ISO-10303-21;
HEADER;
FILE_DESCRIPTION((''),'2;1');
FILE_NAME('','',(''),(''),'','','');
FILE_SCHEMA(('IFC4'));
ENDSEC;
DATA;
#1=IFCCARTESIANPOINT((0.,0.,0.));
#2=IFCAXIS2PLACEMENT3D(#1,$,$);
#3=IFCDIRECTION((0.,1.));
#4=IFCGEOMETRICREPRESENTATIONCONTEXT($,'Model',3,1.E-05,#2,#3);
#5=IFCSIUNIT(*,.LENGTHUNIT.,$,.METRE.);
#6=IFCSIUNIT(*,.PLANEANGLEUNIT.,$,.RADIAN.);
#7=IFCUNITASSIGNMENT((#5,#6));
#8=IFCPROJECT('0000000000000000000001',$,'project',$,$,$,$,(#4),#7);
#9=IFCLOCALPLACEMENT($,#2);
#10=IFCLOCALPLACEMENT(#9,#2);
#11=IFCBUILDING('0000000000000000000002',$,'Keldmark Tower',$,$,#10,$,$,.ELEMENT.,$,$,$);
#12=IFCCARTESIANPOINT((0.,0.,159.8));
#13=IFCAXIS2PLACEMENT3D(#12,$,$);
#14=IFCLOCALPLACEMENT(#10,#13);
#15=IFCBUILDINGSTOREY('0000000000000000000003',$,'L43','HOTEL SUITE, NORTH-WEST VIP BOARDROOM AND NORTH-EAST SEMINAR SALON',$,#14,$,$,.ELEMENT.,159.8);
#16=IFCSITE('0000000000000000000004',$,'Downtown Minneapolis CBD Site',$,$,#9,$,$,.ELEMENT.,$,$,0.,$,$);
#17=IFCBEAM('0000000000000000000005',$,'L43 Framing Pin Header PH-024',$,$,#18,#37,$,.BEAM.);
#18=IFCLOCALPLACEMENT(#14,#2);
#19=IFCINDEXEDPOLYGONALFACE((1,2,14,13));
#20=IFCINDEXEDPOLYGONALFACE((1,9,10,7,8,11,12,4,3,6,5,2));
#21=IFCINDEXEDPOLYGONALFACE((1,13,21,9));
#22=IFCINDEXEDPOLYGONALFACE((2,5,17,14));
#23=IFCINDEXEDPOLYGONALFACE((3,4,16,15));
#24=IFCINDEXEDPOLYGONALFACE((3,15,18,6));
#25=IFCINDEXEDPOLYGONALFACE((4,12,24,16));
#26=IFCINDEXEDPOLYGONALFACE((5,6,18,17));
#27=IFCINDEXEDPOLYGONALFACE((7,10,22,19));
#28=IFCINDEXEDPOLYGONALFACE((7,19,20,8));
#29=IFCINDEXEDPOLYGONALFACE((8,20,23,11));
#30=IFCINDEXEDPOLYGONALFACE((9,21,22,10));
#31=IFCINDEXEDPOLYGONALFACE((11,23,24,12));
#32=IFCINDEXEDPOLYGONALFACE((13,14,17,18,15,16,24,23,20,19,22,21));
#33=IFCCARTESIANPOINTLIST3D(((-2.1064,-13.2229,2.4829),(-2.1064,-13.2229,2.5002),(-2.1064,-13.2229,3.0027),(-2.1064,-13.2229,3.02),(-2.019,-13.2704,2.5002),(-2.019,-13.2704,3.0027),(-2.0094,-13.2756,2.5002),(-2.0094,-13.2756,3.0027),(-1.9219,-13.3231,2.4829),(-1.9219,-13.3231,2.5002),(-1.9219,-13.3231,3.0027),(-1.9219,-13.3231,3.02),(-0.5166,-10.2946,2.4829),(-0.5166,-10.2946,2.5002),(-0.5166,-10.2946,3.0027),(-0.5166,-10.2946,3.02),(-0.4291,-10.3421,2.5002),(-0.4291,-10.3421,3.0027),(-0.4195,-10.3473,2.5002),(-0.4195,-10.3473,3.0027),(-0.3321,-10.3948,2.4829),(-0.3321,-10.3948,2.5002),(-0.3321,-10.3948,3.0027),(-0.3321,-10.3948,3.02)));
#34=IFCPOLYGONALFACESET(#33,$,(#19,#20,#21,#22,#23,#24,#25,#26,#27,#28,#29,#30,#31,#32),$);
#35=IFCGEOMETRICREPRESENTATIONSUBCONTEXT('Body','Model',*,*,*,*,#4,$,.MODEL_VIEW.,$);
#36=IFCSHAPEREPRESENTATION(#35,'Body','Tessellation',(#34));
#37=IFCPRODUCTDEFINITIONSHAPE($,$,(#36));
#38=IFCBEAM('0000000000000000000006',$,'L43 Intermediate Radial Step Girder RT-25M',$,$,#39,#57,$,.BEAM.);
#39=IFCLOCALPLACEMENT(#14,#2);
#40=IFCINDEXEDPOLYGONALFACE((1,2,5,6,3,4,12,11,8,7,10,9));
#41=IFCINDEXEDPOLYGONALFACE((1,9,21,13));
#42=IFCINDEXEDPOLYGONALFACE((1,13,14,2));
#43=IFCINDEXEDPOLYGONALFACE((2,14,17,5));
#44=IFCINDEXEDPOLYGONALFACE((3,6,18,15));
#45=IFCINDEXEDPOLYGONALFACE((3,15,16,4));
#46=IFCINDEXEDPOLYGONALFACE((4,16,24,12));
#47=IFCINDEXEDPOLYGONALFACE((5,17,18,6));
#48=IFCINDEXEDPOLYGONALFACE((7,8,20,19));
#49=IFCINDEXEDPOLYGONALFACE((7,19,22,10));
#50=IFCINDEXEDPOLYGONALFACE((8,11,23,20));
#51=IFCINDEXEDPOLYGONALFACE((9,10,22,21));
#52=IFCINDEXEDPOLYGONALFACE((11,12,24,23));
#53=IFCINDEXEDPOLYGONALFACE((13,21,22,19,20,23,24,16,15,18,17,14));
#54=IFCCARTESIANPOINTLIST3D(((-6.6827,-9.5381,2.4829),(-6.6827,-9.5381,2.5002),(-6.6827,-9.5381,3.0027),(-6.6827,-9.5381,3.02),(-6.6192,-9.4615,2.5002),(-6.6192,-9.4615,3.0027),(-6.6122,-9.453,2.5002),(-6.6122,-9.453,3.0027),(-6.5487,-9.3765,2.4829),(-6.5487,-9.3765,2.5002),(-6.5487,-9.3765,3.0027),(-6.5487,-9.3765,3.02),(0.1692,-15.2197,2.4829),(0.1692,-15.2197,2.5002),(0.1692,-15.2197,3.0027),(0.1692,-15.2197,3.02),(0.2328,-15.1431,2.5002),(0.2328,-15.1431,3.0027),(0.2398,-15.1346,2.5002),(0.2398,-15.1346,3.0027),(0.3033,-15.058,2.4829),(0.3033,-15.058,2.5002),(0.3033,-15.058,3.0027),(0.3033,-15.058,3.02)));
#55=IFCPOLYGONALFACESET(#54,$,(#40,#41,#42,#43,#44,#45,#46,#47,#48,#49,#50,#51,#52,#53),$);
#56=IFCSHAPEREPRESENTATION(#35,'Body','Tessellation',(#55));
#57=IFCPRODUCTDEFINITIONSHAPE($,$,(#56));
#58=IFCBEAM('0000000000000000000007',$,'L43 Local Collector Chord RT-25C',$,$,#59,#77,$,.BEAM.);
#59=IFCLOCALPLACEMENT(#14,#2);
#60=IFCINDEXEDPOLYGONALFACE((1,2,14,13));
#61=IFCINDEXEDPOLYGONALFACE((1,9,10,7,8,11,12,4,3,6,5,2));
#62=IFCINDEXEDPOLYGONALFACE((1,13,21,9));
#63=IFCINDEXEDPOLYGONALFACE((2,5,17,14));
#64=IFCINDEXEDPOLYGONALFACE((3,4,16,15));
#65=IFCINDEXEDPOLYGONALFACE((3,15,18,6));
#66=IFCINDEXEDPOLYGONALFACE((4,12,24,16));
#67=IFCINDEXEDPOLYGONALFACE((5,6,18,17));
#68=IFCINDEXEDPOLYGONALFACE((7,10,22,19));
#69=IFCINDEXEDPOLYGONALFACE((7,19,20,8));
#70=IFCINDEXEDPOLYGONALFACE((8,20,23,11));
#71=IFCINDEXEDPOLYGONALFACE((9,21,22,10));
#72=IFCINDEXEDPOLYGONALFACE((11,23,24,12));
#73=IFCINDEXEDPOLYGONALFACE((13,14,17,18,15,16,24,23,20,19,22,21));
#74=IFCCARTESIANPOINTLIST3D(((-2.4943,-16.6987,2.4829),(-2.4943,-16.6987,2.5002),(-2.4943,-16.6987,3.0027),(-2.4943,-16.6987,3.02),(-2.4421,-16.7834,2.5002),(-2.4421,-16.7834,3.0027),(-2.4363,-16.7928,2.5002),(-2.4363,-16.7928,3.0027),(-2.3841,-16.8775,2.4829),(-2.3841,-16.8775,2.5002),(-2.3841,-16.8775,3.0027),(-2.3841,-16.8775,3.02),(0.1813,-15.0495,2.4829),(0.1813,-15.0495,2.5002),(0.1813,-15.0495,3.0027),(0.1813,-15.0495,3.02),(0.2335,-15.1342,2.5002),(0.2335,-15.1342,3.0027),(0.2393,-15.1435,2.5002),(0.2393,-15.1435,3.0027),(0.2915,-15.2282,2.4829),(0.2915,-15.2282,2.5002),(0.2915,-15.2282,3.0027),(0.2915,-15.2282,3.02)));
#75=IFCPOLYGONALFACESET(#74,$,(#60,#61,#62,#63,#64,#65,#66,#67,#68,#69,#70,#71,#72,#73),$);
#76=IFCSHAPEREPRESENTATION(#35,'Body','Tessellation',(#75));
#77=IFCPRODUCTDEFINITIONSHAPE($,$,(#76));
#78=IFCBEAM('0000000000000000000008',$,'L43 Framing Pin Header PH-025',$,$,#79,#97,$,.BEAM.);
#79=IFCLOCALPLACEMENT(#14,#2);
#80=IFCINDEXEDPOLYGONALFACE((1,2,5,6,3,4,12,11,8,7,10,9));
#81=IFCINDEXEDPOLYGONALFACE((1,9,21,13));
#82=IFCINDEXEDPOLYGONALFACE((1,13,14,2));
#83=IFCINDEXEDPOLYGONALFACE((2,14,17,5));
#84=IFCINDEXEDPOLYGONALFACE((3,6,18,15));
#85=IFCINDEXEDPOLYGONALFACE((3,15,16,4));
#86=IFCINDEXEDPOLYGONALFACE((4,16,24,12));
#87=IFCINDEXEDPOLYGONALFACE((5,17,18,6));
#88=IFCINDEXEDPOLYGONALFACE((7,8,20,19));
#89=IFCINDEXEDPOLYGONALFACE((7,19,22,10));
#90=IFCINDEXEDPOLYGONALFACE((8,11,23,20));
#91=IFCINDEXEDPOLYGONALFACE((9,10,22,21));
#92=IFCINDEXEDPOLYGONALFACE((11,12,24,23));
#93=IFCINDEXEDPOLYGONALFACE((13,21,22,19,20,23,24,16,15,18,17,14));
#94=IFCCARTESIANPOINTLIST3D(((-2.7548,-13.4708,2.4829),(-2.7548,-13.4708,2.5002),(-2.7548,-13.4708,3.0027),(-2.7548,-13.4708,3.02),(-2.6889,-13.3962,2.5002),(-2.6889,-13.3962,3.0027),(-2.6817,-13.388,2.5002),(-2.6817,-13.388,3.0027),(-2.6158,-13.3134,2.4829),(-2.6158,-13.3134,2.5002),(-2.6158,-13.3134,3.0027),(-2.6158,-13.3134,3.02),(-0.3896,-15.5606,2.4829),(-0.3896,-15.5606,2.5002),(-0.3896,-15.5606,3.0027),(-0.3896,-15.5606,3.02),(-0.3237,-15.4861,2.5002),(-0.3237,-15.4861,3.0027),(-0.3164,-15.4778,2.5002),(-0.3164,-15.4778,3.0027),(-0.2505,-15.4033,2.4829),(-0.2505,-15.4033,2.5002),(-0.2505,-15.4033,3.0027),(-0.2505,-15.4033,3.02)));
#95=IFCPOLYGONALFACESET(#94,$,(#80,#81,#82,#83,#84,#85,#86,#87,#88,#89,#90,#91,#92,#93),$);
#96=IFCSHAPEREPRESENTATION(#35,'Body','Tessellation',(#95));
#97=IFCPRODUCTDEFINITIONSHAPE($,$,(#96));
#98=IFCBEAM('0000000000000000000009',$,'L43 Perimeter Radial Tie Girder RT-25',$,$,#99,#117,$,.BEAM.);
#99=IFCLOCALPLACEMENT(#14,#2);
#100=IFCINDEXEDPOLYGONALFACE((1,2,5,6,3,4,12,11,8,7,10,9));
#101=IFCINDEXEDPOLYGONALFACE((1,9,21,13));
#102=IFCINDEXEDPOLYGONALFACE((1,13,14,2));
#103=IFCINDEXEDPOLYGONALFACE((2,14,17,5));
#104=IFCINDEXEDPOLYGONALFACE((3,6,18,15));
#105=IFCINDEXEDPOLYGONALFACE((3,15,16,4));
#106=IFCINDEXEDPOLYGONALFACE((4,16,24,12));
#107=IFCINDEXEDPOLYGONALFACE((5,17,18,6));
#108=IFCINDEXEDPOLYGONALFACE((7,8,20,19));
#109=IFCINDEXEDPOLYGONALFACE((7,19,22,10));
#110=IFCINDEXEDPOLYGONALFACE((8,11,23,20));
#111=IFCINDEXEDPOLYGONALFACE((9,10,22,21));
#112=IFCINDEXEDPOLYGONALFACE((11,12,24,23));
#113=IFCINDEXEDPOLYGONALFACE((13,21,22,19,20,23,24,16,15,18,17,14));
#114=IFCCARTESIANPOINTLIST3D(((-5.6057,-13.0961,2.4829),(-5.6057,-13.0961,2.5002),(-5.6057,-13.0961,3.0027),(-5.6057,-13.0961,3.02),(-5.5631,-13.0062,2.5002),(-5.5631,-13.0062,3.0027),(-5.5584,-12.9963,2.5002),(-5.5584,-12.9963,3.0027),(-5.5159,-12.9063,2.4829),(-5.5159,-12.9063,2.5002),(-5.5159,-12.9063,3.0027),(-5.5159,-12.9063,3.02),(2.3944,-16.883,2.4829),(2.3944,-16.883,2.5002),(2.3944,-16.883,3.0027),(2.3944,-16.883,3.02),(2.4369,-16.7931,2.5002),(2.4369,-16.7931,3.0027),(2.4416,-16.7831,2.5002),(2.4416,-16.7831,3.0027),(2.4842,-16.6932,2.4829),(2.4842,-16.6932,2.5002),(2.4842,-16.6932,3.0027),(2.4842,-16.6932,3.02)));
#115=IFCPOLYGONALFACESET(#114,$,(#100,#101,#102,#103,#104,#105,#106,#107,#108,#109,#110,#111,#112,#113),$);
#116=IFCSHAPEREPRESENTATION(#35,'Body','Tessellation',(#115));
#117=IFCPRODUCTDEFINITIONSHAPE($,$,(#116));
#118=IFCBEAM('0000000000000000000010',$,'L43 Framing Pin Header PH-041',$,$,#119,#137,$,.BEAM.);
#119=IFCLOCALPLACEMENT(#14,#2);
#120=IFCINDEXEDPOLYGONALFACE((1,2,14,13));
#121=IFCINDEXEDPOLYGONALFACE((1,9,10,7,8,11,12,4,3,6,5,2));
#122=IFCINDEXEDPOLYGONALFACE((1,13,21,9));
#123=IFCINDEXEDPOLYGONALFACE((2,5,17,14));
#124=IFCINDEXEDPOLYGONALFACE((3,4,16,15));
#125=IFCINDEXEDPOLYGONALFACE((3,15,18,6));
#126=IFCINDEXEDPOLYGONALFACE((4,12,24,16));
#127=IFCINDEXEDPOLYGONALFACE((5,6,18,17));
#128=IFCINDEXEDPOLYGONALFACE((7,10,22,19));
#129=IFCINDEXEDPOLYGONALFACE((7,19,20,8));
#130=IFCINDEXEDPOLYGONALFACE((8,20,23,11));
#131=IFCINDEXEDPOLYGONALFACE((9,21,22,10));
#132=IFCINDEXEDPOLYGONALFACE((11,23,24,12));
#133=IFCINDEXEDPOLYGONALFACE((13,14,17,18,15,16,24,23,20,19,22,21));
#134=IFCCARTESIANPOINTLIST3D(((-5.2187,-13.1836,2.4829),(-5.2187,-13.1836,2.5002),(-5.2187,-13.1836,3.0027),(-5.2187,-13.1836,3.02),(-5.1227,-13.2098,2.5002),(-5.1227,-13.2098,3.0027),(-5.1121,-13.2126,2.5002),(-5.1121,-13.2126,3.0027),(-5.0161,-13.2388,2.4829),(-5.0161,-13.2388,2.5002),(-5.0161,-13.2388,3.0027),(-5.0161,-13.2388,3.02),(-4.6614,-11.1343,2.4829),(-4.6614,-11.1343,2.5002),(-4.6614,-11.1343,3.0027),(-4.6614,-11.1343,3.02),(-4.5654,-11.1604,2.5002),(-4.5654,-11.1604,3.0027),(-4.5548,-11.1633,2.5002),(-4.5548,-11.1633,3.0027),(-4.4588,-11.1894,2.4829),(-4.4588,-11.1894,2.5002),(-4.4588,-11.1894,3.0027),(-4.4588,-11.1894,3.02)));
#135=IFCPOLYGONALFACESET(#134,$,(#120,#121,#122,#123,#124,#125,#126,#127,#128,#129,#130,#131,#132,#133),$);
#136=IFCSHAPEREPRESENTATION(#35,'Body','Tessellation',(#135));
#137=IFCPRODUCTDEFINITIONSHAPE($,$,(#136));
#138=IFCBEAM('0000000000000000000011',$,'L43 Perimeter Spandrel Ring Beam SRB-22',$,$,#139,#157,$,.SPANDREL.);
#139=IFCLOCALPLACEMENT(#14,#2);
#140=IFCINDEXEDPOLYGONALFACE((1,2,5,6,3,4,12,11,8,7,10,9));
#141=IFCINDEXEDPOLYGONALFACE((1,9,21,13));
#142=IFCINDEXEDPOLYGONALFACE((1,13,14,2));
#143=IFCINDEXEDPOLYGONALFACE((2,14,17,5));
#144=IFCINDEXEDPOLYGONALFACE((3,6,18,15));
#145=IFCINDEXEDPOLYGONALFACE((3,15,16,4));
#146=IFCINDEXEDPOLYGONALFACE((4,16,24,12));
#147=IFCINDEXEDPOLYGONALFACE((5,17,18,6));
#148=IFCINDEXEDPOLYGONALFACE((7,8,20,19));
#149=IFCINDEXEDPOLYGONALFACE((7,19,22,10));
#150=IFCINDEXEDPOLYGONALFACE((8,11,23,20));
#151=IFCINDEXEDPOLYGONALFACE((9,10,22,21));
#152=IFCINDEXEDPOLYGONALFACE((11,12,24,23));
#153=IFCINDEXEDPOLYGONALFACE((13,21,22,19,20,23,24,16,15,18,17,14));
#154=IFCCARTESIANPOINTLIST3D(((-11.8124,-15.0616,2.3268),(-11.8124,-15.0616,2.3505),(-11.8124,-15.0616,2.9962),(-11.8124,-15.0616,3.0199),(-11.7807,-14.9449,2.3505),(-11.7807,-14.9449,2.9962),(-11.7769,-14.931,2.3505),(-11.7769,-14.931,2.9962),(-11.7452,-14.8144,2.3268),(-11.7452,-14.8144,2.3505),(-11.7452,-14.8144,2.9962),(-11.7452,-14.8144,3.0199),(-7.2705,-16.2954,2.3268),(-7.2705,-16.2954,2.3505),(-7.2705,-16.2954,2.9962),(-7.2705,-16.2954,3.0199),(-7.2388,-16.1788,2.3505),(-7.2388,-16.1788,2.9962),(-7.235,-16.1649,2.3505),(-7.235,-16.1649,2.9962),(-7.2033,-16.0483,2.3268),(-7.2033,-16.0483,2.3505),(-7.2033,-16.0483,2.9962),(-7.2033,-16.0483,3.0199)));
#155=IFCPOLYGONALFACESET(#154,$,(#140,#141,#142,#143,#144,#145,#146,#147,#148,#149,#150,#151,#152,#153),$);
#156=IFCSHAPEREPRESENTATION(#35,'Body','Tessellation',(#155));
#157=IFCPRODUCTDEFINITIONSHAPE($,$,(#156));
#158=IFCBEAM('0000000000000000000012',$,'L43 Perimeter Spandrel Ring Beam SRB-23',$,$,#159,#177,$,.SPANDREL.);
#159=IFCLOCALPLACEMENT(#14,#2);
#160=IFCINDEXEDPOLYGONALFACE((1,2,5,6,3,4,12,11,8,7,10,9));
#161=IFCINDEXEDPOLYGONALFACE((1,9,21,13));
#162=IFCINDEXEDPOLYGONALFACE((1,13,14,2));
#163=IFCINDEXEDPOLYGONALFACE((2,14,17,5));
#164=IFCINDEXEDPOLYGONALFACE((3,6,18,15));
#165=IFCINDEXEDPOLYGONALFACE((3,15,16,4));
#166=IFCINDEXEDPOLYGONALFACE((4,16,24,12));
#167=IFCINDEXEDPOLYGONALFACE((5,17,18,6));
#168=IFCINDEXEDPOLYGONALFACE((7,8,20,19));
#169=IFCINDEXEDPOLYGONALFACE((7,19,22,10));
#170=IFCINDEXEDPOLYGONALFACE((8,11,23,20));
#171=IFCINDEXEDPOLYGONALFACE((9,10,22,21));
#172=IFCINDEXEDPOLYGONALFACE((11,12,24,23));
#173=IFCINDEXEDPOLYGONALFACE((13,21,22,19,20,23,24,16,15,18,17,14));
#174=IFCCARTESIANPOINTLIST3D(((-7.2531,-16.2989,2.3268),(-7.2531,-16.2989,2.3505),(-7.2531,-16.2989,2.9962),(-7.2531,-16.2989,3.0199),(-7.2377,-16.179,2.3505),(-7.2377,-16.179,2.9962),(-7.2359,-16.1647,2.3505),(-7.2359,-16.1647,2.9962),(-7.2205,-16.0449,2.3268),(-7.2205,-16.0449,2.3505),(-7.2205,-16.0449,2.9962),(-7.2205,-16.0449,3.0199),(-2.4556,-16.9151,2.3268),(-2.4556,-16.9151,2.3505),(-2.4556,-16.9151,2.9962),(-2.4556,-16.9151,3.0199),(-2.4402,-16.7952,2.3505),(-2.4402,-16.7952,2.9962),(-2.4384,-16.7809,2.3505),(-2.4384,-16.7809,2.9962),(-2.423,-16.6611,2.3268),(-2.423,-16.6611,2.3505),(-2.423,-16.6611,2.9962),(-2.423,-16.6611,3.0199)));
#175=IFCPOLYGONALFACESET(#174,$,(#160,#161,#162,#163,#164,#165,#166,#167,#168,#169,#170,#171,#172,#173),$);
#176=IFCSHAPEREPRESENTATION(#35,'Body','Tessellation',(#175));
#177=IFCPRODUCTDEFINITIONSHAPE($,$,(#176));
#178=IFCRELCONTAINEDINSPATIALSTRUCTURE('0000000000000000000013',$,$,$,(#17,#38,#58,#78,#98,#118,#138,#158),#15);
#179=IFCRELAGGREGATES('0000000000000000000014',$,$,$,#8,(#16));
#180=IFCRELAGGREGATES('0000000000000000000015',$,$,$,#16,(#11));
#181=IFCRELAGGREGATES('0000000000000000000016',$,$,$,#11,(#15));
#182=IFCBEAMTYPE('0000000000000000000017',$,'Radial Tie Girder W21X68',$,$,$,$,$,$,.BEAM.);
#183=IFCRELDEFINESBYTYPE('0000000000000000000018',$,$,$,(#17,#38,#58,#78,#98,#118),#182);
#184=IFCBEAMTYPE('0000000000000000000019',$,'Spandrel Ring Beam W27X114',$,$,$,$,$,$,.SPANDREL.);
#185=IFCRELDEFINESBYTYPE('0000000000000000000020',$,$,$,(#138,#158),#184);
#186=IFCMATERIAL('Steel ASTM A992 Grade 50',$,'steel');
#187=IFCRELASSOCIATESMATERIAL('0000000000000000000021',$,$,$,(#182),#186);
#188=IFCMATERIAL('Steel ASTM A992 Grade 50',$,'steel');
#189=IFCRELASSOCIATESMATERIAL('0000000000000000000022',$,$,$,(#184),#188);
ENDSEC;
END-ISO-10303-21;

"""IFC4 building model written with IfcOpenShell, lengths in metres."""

from ifc_helpers import new_model, si_unit, direction, frame, origin, origin_2d, place, context, subcontext, project, spatial, i_section, extrude, material, material_profile, profile_set, type_object, element, save


model = new_model("IFC4")

# Units and contexts
model_context = context("Model", 3, precision=1e-05, world=origin(), true_north=direction((0.0, 1.0)))
body_context = subcontext(model_context, "Body", "Model", "MODEL_VIEW")
ifc_project = project(units=[si_unit("LENGTHUNIT", "METRE"), si_unit("PLANEANGLEUNIT", "RADIAN")], contexts=[model_context])

# Site, building, storey
site_placement = place(None, origin())
site = spatial("IfcSite", under=ifc_project, at=site_placement, Name="Downtown Minneapolis CBD Site", CompositionType="ELEMENT", RefElevation=0.0)
building_placement = place(site_placement, origin())
building = spatial("IfcBuilding", under=site, at=building_placement, Name="Keldmark Tower", CompositionType="ELEMENT")
storey_placement = place(building_placement, frame((0.0, 0.0, 159.8)))
storey = spatial("IfcBuildingStorey", under=building, at=storey_placement, Name="L43", Description="HOTEL SUITE, NORTH-WEST VIP BOARDROOM AND NORTH-EAST SEMINAR SALON", CompositionType="ELEMENT", Elevation=159.8)

# Beams
ifc_material_1 = material(Name="Steel ASTM A992 Grade 50", Category="steel")
ifc_material_profile_1 = material_profile(ifc_material_1, i_section(OverallWidth=0.21, OverallDepth=0.5371, WebThickness=0.011, FlangeThickness=0.0173, at=origin_2d()), Name="W21X68")
ifc_profile_set_1 = profile_set([ifc_material_profile_1], Name="Steel ASTM A992 Grade 50")
beam_type_1 = type_object("IfcBeamType", Name="Radial Tie Girder W21X68", PredefinedType="BEAM", material=ifc_profile_set_1)
beam_1_placement = place(storey_placement, frame((-0.4243, -10.3447, 2.7515), z_axis=(-0.477147, -0.878824, 0.0), x_axis=(0.878824, -0.477147, 0.0)))
element("IfcBeam", 1, at=beam_1_placement, inside=storey, type_object=beam_type_1, Name="L43 Framing Pin Header PH-024", PredefinedType="BEAM", context=body_context, shape_type="SweptSolid", body=[
    extrude(i_section(OverallWidth=0.21, OverallDepth=0.5371, WebThickness=0.011, FlangeThickness=0.0173, at=origin_2d()), origin(), (0.0, 0.0, 1.0), 3.332),
])
beam_2_placement = place(storey_placement, frame((-6.6157, -9.4573, 2.7515), z_axis=(0.769788, -0.638299, 0.0), x_axis=(0.638299, 0.769788, 0.0)))
element("IfcBeam", 2, at=beam_2_placement, inside=storey, type_object=beam_type_1, Name="L43 Intermediate Radial Step Girder RT-25M", PredefinedType="BEAM", context=body_context, shape_type="SweptSolid", body=[
    extrude(i_section(OverallWidth=0.21, OverallDepth=0.5371, WebThickness=0.011, FlangeThickness=0.0173, at=origin_2d()), origin(), (0.0, 0.0, 1.0), 8.9011),
])
beam_3_placement = place(storey_placement, frame((-2.4392, -16.7881, 2.7515), z_axis=(0.851277, 0.524717, 0.0), x_axis=(-0.524717, 0.851277, 0.0)))
element("IfcBeam", 3, at=beam_3_placement, inside=storey, type_object=beam_type_1, Name="L43 Local Collector Chord RT-25C", PredefinedType="BEAM", context=body_context, shape_type="SweptSolid", body=[
    extrude(i_section(OverallWidth=0.21, OverallDepth=0.5371, WebThickness=0.011, FlangeThickness=0.0173, at=origin_2d()), origin(), (0.0, 0.0, 1.0), 3.1431),
])
beam_4_placement = place(storey_placement, frame((-2.6853, -13.3921, 2.7515), z_axis=(0.749386, -0.662133, 0.0), x_axis=(0.662133, 0.749386, 0.0)))
element("IfcBeam", 4, at=beam_4_placement, inside=storey, type_object=beam_type_1, Name="L43 Framing Pin Header PH-025", PredefinedType="BEAM", context=body_context, shape_type="SweptSolid", body=[
    extrude(i_section(OverallWidth=0.21, OverallDepth=0.5371, WebThickness=0.011, FlangeThickness=0.0173, at=origin_2d()), origin(), (0.0, 0.0, 1.0), 3.1562),
])
beam_5_placement = place(storey_placement, frame((-5.5608, -13.0012, 2.7515), z_axis=(0.903852, -0.427846, 0.0), x_axis=(0.427846, 0.903852, 0.0)))
element("IfcBeam", 5, at=beam_5_placement, inside=storey, type_object=beam_type_1, Name="L43 Perimeter Radial Tie Girder RT-25", PredefinedType="BEAM", context=body_context, shape_type="SweptSolid", body=[
    extrude(i_section(OverallWidth=0.21, OverallDepth=0.5371, WebThickness=0.011, FlangeThickness=0.0173, at=origin_2d()), origin(), (0.0, 0.0, 1.0), 8.8511),
])
beam_6_placement = place(storey_placement, frame((-4.5601, -11.1619, 2.7515), z_axis=(-0.262446, -0.964947, 0.0), x_axis=(0.964947, -0.262446, 0.0)))
element("IfcBeam", 6, at=beam_6_placement, inside=storey, type_object=beam_type_1, Name="L43 Framing Pin Header PH-041", PredefinedType="BEAM", context=body_context, shape_type="SweptSolid", body=[
    extrude(i_section(OverallWidth=0.21, OverallDepth=0.5371, WebThickness=0.011, FlangeThickness=0.0173, at=origin_2d()), origin(), (0.0, 0.0, 1.0), 2.1238),
])
ifc_material_2 = material(Name="Steel ASTM A992 Grade 50", Category="steel")
ifc_material_profile_2 = material_profile(ifc_material_2, i_section(OverallWidth=0.2561, OverallDepth=0.6931, WebThickness=0.0144, FlangeThickness=0.0237, at=origin_2d()), Name="W27X114")
ifc_profile_set_2 = profile_set([ifc_material_profile_2], Name="Steel ASTM A992 Grade 50")
beam_type_2 = type_object("IfcBeamType", Name="Spandrel Ring Beam W27X114", PredefinedType="SPANDREL", material=ifc_profile_set_2)
beam_7_placement = place(storey_placement, frame((-11.7788, -14.938, 2.6733), z_axis=(0.965024, -0.26216, 0.0), x_axis=(0.26216, 0.965024, 0.0)))
element("IfcBeam", 7, at=beam_7_placement, inside=storey, type_object=beam_type_2, Name="L43 Perimeter Spandrel Ring Beam SRB-22", PredefinedType="SPANDREL", context=body_context, shape_type="SweptSolid", body=[
    extrude(i_section(OverallWidth=0.2561, OverallDepth=0.6931, WebThickness=0.0144, FlangeThickness=0.0237, at=origin_2d()), origin(), (0.0, 0.0, 1.0), 4.7065),
])
beam_8_placement = place(storey_placement, frame((-7.2368, -16.1719, 2.6733), z_axis=(0.991852, -0.127395, 0.0), x_axis=(0.127395, 0.991852, 0.0)))
element("IfcBeam", 8, at=beam_8_placement, inside=storey, type_object=beam_type_2, Name="L43 Perimeter Spandrel Ring Beam SRB-23", PredefinedType="SPANDREL", context=body_context, shape_type="SweptSolid", body=[
    extrude(i_section(OverallWidth=0.2561, OverallDepth=0.6931, WebThickness=0.0144, FlangeThickness=0.0237, at=origin_2d()), origin(), (0.0, 0.0, 1.0), 4.8369),
])

save(model, "model.ifc")
